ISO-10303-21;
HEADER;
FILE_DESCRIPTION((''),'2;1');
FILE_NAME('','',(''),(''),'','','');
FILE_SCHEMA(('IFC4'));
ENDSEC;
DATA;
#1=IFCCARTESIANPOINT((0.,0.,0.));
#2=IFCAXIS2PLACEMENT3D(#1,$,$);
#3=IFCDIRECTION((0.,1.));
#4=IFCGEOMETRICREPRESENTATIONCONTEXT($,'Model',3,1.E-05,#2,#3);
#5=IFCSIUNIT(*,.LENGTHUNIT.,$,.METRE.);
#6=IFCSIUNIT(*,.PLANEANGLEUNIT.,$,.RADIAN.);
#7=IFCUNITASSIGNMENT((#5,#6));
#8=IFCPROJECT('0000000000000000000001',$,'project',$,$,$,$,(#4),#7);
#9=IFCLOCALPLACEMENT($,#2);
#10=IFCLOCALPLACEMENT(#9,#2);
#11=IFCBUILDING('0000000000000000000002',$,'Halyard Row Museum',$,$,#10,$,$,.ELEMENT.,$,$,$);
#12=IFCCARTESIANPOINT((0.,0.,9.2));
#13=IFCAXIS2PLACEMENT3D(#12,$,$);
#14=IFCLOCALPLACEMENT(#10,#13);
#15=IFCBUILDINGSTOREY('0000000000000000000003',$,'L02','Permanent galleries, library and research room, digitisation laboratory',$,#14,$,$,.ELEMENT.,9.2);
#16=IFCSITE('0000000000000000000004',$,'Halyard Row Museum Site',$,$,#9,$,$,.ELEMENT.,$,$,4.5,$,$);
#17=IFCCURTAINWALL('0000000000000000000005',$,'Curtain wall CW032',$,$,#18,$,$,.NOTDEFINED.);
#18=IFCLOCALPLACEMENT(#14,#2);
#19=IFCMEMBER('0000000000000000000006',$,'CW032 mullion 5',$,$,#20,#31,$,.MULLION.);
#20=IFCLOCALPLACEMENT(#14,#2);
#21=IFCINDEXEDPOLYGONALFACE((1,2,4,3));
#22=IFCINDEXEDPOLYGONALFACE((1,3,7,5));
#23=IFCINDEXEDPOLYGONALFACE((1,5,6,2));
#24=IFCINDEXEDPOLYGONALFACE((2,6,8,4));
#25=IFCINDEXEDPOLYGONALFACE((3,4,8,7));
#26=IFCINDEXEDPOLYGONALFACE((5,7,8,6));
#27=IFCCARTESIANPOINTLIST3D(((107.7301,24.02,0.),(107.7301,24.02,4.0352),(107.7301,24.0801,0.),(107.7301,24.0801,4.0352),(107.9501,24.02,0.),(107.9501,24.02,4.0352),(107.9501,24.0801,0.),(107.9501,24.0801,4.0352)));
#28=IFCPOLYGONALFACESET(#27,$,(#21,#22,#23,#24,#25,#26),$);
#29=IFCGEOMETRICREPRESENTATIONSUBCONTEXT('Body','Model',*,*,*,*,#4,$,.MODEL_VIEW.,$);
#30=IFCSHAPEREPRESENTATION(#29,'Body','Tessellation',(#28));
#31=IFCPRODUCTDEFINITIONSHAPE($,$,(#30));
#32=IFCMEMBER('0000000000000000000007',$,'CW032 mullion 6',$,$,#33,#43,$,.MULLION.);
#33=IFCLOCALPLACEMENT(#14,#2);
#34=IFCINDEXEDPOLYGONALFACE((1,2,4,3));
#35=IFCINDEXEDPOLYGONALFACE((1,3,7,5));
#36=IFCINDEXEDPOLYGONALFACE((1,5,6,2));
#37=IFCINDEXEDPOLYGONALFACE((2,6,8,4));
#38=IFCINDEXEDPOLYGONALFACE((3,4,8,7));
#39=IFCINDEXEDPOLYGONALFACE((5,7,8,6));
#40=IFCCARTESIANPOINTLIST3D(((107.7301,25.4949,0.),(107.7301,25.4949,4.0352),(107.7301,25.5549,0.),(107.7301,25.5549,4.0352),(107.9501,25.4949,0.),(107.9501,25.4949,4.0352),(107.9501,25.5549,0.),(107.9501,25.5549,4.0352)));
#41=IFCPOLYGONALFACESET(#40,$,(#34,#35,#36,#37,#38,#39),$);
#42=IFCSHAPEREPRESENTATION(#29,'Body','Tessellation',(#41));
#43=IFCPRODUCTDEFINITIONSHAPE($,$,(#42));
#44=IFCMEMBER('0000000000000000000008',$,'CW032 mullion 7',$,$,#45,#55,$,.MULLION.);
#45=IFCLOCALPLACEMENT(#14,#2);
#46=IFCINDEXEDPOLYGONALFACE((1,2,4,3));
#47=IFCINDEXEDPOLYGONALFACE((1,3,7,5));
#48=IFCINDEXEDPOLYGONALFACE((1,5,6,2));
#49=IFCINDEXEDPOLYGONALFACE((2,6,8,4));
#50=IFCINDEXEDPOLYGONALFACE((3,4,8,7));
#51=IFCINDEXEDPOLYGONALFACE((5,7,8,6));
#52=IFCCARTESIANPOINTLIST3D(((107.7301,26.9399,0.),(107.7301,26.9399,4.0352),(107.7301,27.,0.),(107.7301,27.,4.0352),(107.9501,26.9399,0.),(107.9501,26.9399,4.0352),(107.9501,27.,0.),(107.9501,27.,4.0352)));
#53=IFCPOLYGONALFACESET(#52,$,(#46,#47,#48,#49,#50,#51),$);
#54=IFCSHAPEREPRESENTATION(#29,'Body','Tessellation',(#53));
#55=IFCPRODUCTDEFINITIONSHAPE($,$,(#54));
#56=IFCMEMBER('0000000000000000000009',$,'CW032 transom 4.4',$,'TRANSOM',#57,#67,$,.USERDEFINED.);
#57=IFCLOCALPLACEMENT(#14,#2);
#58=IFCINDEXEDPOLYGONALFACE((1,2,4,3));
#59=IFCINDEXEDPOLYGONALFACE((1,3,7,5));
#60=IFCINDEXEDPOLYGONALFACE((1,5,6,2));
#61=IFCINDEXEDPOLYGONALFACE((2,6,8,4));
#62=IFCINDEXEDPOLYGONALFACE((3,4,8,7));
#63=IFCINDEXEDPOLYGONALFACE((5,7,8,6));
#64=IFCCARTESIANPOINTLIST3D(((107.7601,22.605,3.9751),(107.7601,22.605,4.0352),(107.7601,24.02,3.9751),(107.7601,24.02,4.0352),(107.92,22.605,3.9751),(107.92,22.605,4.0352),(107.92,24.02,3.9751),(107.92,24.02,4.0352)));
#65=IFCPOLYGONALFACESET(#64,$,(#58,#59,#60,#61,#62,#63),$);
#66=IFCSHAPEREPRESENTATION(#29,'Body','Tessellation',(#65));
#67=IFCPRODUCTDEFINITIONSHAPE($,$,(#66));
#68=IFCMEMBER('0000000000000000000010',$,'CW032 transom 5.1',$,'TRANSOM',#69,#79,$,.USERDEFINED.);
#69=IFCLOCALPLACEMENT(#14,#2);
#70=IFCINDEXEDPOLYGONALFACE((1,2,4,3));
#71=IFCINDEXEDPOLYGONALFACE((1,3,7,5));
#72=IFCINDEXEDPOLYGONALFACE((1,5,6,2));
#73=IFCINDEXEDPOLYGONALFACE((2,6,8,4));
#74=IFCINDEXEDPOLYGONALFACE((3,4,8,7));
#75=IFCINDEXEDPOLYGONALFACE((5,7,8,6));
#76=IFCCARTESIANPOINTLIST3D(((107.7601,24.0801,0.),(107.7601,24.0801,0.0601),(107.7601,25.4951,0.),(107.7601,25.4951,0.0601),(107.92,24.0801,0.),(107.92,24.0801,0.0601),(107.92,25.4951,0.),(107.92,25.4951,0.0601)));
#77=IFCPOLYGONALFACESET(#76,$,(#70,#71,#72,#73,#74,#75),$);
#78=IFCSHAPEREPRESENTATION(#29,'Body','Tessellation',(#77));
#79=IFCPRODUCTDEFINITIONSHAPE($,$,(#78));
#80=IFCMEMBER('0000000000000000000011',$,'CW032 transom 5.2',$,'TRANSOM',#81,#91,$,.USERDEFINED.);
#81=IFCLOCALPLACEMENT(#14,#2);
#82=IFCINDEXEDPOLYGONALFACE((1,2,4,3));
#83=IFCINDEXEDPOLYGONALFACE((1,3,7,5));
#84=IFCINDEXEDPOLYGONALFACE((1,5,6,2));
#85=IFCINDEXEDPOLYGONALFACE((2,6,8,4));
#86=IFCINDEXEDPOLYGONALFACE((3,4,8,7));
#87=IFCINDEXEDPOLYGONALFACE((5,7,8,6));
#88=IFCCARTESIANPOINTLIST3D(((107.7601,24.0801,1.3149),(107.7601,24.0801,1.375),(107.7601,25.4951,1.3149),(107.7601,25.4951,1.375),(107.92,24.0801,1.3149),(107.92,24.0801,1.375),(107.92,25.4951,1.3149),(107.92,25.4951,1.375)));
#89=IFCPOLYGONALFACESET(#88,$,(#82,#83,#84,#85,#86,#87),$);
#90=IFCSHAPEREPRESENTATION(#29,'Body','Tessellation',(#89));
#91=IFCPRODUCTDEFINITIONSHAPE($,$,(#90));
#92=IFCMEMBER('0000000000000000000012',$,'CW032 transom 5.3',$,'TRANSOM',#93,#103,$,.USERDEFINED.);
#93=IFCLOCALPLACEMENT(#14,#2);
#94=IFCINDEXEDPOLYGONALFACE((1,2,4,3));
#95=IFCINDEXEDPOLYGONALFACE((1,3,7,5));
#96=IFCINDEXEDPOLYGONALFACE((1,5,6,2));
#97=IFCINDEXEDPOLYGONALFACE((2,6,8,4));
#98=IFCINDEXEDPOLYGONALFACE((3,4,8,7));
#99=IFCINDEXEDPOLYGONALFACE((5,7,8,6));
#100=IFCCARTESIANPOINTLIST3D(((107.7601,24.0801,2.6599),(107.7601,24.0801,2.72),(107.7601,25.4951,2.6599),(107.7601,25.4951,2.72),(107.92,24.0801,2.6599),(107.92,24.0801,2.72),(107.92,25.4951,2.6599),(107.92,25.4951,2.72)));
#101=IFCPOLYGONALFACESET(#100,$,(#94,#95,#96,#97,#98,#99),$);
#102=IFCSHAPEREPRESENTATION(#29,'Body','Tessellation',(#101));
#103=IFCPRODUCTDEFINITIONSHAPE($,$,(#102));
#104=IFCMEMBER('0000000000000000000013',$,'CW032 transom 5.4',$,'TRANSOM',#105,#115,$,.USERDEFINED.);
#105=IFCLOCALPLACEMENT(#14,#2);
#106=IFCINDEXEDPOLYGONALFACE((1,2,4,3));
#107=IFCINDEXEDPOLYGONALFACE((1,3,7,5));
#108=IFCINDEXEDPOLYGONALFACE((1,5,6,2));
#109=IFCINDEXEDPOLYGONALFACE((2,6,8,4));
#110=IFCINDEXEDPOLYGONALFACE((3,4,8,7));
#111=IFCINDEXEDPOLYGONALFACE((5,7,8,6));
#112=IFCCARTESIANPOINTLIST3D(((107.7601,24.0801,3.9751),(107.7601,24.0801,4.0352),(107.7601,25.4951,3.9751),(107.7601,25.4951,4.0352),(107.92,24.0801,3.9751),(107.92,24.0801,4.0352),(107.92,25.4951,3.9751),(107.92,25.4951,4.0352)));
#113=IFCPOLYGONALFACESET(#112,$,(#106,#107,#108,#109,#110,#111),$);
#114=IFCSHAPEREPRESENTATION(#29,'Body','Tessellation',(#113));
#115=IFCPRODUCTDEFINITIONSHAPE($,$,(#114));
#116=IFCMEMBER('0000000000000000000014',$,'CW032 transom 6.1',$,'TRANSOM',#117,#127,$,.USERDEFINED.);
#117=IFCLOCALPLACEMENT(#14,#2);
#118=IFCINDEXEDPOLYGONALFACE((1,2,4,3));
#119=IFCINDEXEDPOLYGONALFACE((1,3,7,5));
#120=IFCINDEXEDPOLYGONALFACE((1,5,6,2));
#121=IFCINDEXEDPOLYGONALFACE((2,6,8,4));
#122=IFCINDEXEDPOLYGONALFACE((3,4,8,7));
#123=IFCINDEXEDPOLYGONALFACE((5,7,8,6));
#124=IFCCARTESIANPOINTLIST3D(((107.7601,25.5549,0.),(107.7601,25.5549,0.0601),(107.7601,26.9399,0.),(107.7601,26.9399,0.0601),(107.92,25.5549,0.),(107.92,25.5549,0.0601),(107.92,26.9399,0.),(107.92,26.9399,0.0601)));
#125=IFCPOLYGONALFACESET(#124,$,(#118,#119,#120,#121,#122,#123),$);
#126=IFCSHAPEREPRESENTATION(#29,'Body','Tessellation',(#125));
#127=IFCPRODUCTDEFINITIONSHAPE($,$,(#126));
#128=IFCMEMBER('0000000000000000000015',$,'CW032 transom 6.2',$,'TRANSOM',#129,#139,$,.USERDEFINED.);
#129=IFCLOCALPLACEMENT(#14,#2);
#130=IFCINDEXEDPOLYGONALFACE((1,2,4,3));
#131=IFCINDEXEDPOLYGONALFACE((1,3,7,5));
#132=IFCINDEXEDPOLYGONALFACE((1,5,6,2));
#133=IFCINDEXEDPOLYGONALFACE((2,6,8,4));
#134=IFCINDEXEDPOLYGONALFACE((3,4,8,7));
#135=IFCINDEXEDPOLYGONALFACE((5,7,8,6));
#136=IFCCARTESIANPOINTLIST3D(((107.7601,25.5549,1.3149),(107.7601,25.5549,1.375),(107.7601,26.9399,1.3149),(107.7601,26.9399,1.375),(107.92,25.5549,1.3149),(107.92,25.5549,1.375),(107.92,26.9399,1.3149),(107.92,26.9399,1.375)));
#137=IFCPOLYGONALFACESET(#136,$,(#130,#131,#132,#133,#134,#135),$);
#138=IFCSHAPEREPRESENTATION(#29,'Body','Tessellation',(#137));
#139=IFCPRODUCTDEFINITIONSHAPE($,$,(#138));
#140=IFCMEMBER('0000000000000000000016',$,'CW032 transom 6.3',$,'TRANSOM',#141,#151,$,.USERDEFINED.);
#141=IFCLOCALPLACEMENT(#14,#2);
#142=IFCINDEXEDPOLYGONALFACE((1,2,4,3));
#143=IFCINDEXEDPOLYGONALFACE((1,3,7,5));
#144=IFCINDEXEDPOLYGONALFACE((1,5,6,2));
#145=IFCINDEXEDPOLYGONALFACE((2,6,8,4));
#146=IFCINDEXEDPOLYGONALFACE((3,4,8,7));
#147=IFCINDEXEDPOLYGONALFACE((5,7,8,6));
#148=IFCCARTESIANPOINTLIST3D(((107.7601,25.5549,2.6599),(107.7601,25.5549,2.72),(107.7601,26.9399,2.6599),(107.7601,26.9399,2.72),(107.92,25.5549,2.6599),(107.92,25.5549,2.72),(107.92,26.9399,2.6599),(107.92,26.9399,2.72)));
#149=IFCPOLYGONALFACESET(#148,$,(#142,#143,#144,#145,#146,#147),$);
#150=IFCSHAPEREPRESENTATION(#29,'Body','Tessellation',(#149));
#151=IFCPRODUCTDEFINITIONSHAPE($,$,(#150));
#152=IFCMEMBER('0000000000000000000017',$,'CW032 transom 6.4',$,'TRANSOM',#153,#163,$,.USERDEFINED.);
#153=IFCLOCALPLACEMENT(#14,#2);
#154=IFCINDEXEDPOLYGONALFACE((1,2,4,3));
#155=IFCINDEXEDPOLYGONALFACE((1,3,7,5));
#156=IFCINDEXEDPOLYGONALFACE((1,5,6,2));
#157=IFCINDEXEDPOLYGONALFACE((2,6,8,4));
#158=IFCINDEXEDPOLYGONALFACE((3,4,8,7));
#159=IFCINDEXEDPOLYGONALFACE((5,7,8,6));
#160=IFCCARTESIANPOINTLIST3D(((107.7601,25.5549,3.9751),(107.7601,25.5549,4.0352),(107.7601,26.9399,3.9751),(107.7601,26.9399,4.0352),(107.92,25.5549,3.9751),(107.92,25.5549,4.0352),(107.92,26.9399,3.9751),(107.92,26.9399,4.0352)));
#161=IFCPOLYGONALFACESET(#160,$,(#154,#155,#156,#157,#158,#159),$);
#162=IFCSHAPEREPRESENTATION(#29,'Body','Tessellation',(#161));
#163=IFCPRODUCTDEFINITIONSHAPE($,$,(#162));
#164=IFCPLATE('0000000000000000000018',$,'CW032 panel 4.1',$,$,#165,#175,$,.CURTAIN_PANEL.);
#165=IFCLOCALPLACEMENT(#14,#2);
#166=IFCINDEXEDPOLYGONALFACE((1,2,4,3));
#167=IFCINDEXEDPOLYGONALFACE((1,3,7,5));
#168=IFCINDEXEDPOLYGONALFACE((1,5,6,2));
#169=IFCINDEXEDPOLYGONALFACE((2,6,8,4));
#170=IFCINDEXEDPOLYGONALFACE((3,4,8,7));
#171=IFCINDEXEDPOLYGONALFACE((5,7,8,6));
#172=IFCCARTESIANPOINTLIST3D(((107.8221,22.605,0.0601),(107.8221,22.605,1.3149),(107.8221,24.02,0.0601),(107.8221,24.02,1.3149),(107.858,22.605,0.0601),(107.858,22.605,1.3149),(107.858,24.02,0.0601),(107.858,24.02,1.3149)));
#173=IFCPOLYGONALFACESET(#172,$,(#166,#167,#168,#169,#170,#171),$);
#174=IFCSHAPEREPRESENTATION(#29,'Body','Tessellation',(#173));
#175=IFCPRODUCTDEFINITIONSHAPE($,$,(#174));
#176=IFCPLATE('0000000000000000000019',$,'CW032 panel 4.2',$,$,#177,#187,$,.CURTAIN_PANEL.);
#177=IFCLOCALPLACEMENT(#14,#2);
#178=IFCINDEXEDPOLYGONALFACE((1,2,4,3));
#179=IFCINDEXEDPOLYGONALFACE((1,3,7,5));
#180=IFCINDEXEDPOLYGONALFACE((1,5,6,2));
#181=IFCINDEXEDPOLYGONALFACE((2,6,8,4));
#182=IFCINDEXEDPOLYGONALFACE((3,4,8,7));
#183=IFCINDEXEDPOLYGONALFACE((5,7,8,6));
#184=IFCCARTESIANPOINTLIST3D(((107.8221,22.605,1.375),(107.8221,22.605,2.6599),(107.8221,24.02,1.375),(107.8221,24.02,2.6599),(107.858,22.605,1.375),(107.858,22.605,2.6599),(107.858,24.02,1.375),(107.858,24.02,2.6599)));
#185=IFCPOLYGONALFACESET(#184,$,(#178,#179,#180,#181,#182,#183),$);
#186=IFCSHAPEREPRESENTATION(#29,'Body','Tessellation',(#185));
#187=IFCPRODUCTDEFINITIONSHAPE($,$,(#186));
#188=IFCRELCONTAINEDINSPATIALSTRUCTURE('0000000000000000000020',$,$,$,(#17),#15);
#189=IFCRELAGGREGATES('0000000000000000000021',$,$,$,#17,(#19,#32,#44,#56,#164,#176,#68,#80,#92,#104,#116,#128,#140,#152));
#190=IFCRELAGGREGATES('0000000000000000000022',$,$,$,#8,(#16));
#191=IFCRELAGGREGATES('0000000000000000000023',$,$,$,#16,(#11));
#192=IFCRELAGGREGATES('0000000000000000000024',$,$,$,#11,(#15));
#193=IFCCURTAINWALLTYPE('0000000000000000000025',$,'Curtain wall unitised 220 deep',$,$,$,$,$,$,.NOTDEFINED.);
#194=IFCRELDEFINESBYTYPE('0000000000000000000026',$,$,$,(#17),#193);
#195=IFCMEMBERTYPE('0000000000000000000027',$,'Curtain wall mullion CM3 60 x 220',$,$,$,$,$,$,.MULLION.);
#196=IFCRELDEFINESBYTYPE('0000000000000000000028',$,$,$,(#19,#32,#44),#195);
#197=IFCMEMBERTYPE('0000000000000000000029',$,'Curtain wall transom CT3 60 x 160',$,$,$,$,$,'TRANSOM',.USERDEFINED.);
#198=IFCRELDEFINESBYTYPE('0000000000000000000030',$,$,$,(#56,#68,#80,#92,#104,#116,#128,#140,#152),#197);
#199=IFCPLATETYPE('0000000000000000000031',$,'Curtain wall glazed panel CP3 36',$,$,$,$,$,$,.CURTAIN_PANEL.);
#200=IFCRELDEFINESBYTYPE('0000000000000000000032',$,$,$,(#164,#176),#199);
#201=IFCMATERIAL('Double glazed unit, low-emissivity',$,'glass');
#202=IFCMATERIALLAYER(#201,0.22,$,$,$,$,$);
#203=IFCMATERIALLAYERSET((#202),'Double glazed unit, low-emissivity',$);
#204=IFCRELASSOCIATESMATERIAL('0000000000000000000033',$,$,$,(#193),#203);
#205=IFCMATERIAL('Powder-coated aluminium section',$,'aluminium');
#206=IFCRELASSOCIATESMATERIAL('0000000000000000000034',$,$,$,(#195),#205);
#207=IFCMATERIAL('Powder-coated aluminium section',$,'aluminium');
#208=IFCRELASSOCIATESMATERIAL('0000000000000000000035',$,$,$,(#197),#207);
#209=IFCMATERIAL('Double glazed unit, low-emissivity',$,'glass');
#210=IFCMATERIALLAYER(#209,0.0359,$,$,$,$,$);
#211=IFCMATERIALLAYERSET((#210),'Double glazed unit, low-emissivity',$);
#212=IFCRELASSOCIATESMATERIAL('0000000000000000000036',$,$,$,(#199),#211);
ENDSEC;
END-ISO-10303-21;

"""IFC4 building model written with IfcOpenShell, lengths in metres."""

from ifc_helpers import new_model, si_unit, direction, frame, origin, origin_2d, place, context, subcontext, project, spatial, rectangle, extrude, material, layer, layer_set, material_profile, profile_set, type_object, element, aggregate, save


model = new_model("IFC4")

# Units and contexts
model_context = context("Model", 3, precision=1e-05, world=origin(), true_north=direction((0.0, 1.0)))
body_context = subcontext(model_context, "Body", "Model", "MODEL_VIEW")
ifc_project = project(units=[si_unit("LENGTHUNIT", "METRE"), si_unit("PLANEANGLEUNIT", "RADIAN")], contexts=[model_context])

# Site, building, storey
site_placement = place(None, origin())
site = spatial("IfcSite", under=ifc_project, at=site_placement, Name="Halyard Row Museum Site", CompositionType="ELEMENT", RefElevation=4.5)
building_placement = place(site_placement, origin())
building = spatial("IfcBuilding", under=site, at=building_placement, Name="Halyard Row Museum", CompositionType="ELEMENT")
storey_placement = place(building_placement, frame((0.0, 0.0, 9.2)))
storey = spatial("IfcBuildingStorey", under=building, at=storey_placement, Name="L02", Description="Permanent galleries, library and research room, digitisation laboratory", CompositionType="ELEMENT", Elevation=9.2)

# Curtain wall, members, plates
ifc_material_1 = material(Name="Double glazed unit, low-emissivity", Category="glass")
ifc_layer_1 = layer(ifc_material_1, 0.22)
ifc_layer_set_1 = layer_set([ifc_layer_1], Name="Double glazed unit, low-emissivity")
curtain_wall_type = type_object("IfcCurtainWallType", Name="Curtain wall unitised 220 deep", PredefinedType="NOTDEFINED", material=ifc_layer_set_1)
curtain_wall_placement = place(storey_placement, origin())
curtain_wall = element("IfcCurtainWall", 1, at=curtain_wall_placement, inside=storey, type_object=curtain_wall_type, Name="Curtain wall CW032", PredefinedType="NOTDEFINED")
ifc_material_2 = material(Name="Powder-coated aluminium section", Category="aluminium")
ifc_material_profile_1 = material_profile(ifc_material_2, rectangle(XDim=0.22, YDim=0.0601, at=origin_2d()), Name="220x60 mullion")
ifc_profile_set_1 = profile_set([ifc_material_profile_1], Name="Powder-coated aluminium section")
member_type_1 = type_object("IfcMemberType", Name="Curtain wall mullion CM3 60 x 220", PredefinedType="MULLION", material=ifc_profile_set_1)
member_1_placement = place(storey_placement, frame((107.8401, 24.05, 0.0), z_axis=(0.0, 0.0, 1.0), x_axis=(-1.0, 0.0, 0.0)))
member_1 = element("IfcMember", 2, at=member_1_placement, type_object=member_type_1, Name="CW032 mullion 5", PredefinedType="MULLION", context=body_context, shape_type="SweptSolid", body=[
    extrude(rectangle(XDim=0.22, YDim=0.0601, at=origin_2d()), origin(), (0.0, 0.0, 1.0), 4.0352),
])
member_2_placement = place(storey_placement, frame((107.8401, 25.5249, 0.0), z_axis=(0.0, 0.0, 1.0), x_axis=(-1.0, 0.0, 0.0)))
member_2 = element("IfcMember", 3, at=member_2_placement, type_object=member_type_1, Name="CW032 mullion 6", PredefinedType="MULLION", context=body_context, shape_type="SweptSolid", body=[
    extrude(rectangle(XDim=0.22, YDim=0.0601, at=origin_2d()), origin(), (0.0, 0.0, 1.0), 4.0352),
])
member_3_placement = place(storey_placement, frame((107.8401, 26.97, 0.0), z_axis=(0.0, 0.0, 1.0), x_axis=(-1.0, 0.0, 0.0)))
member_3 = element("IfcMember", 4, at=member_3_placement, type_object=member_type_1, Name="CW032 mullion 7", PredefinedType="MULLION", context=body_context, shape_type="SweptSolid", body=[
    extrude(rectangle(XDim=0.22, YDim=0.0601, at=origin_2d()), origin(), (0.0, 0.0, 1.0), 4.0352),
])
ifc_material_3 = material(Name="Powder-coated aluminium section", Category="aluminium")
ifc_material_profile_2 = material_profile(ifc_material_3, rectangle(XDim=0.1599, YDim=0.0601, at=origin_2d()), Name="160x60 transom")
ifc_profile_set_2 = profile_set([ifc_material_profile_2], Name="Powder-coated aluminium section")
member_type_2 = type_object("IfcMemberType", Name="Curtain wall transom CT3 60 x 160", ElementType="TRANSOM", PredefinedType="USERDEFINED", material=ifc_profile_set_2)
member_4_placement = place(storey_placement, frame((107.8401, 22.605, 4.0051), z_axis=(0.0, 1.0, 0.0), x_axis=(-1.0, 0.0, 0.0)))
member_4 = element("IfcMember", 5, at=member_4_placement, type_object=member_type_2, Name="CW032 transom 4.4", ObjectType="TRANSOM", PredefinedType="USERDEFINED", context=body_context, shape_type="SweptSolid", body=[
    extrude(rectangle(XDim=0.1599, YDim=0.0601, at=origin_2d()), origin(), (0.0, 0.0, 1.0), 1.415),
])
member_5_placement = place(storey_placement, frame((107.8401, 24.0801, 0.03), z_axis=(0.0, 1.0, 0.0), x_axis=(-1.0, 0.0, 0.0)))
member_5 = element("IfcMember", 6, at=member_5_placement, type_object=member_type_2, Name="CW032 transom 5.1", ObjectType="TRANSOM", PredefinedType="USERDEFINED", context=body_context, shape_type="SweptSolid", body=[
    extrude(rectangle(XDim=0.1599, YDim=0.0601, at=origin_2d()), origin(), (0.0, 0.0, 1.0), 1.415),
])
member_6_placement = place(storey_placement, frame((107.8401, 24.0801, 1.345), z_axis=(0.0, 1.0, 0.0), x_axis=(-1.0, 0.0, 0.0)))
member_6 = element("IfcMember", 7, at=member_6_placement, type_object=member_type_2, Name="CW032 transom 5.2", ObjectType="TRANSOM", PredefinedType="USERDEFINED", context=body_context, shape_type="SweptSolid", body=[
    extrude(rectangle(XDim=0.1599, YDim=0.0601, at=origin_2d()), origin(), (0.0, 0.0, 1.0), 1.415),
])
member_7_placement = place(storey_placement, frame((107.8401, 24.0801, 2.6899), z_axis=(0.0, 1.0, 0.0), x_axis=(-1.0, 0.0, 0.0)))
member_7 = element("IfcMember", 8, at=member_7_placement, type_object=member_type_2, Name="CW032 transom 5.3", ObjectType="TRANSOM", PredefinedType="USERDEFINED", context=body_context, shape_type="SweptSolid", body=[
    extrude(rectangle(XDim=0.1599, YDim=0.0601, at=origin_2d()), origin(), (0.0, 0.0, 1.0), 1.415),
])
member_8_placement = place(storey_placement, frame((107.8401, 24.0801, 4.0051), z_axis=(0.0, 1.0, 0.0), x_axis=(-1.0, 0.0, 0.0)))
member_8 = element("IfcMember", 9, at=member_8_placement, type_object=member_type_2, Name="CW032 transom 5.4", ObjectType="TRANSOM", PredefinedType="USERDEFINED", context=body_context, shape_type="SweptSolid", body=[
    extrude(rectangle(XDim=0.1599, YDim=0.0601, at=origin_2d()), origin(), (0.0, 0.0, 1.0), 1.415),
])
member_9_placement = place(storey_placement, frame((107.8401, 25.5549, 0.03), z_axis=(0.0, 1.0, 0.0), x_axis=(-1.0, 0.0, 0.0)))
member_9 = element("IfcMember", 10, at=member_9_placement, type_object=member_type_2, Name="CW032 transom 6.1", ObjectType="TRANSOM", PredefinedType="USERDEFINED", context=body_context, shape_type="SweptSolid", body=[
    extrude(rectangle(XDim=0.1599, YDim=0.0601, at=origin_2d()), origin(), (0.0, 0.0, 1.0), 1.385),
])
member_10_placement = place(storey_placement, frame((107.8401, 25.5549, 1.345), z_axis=(0.0, 1.0, 0.0), x_axis=(-1.0, 0.0, 0.0)))
member_10 = element("IfcMember", 11, at=member_10_placement, type_object=member_type_2, Name="CW032 transom 6.2", ObjectType="TRANSOM", PredefinedType="USERDEFINED", context=body_context, shape_type="SweptSolid", body=[
    extrude(rectangle(XDim=0.1599, YDim=0.0601, at=origin_2d()), origin(), (0.0, 0.0, 1.0), 1.385),
])
member_11_placement = place(storey_placement, frame((107.8401, 25.5549, 2.6899), z_axis=(0.0, 1.0, 0.0), x_axis=(-1.0, 0.0, 0.0)))
member_11 = element("IfcMember", 12, at=member_11_placement, type_object=member_type_2, Name="CW032 transom 6.3", ObjectType="TRANSOM", PredefinedType="USERDEFINED", context=body_context, shape_type="SweptSolid", body=[
    extrude(rectangle(XDim=0.1599, YDim=0.0601, at=origin_2d()), origin(), (0.0, 0.0, 1.0), 1.385),
])
member_12_placement = place(storey_placement, frame((107.8401, 25.5549, 4.0051), z_axis=(0.0, 1.0, 0.0), x_axis=(-1.0, 0.0, 0.0)))
member_12 = element("IfcMember", 13, at=member_12_placement, type_object=member_type_2, Name="CW032 transom 6.4", ObjectType="TRANSOM", PredefinedType="USERDEFINED", context=body_context, shape_type="SweptSolid", body=[
    extrude(rectangle(XDim=0.1599, YDim=0.0601, at=origin_2d()), origin(), (0.0, 0.0, 1.0), 1.385),
])
ifc_material_4 = material(Name="Double glazed unit, low-emissivity", Category="glass")
ifc_layer_2 = layer(ifc_material_4, 0.0359)
ifc_layer_set_2 = layer_set([ifc_layer_2], Name="Double glazed unit, low-emissivity")
plate_type = type_object("IfcPlateType", Name="Curtain wall glazed panel CP3 36", PredefinedType="CURTAIN_PANEL", material=ifc_layer_set_2)
plate_1_placement = place(storey_placement, frame((107.8401, 23.3125, 0.0601), z_axis=(0.0, 0.0, 1.0), x_axis=(0.0, 1.0, 0.0)))
plate_1 = element("IfcPlate", 14, at=plate_1_placement, type_object=plate_type, Name="CW032 panel 4.1", PredefinedType="CURTAIN_PANEL", context=body_context, shape_type="SweptSolid", body=[
    extrude(rectangle(XDim=1.415, YDim=0.0359, at=origin_2d()), origin(), (0.0, 0.0, 1.0), 1.2549),
])
plate_2_placement = place(storey_placement, frame((107.8401, 23.3125, 1.375), z_axis=(0.0, 0.0, 1.0), x_axis=(0.0, 1.0, 0.0)))
plate_2 = element("IfcPlate", 15, at=plate_2_placement, type_object=plate_type, Name="CW032 panel 4.2", PredefinedType="CURTAIN_PANEL", context=body_context, shape_type="SweptSolid", body=[
    extrude(rectangle(XDim=1.415, YDim=0.0359, at=origin_2d()), origin(), (0.0, 0.0, 1.0), 1.2849),
])
aggregate(curtain_wall, [member_1, member_2, member_3, member_4, plate_1, plate_2, member_5, member_6, member_7, member_8, member_9, member_10, member_11, member_12])

save(model, "model.ifc")
